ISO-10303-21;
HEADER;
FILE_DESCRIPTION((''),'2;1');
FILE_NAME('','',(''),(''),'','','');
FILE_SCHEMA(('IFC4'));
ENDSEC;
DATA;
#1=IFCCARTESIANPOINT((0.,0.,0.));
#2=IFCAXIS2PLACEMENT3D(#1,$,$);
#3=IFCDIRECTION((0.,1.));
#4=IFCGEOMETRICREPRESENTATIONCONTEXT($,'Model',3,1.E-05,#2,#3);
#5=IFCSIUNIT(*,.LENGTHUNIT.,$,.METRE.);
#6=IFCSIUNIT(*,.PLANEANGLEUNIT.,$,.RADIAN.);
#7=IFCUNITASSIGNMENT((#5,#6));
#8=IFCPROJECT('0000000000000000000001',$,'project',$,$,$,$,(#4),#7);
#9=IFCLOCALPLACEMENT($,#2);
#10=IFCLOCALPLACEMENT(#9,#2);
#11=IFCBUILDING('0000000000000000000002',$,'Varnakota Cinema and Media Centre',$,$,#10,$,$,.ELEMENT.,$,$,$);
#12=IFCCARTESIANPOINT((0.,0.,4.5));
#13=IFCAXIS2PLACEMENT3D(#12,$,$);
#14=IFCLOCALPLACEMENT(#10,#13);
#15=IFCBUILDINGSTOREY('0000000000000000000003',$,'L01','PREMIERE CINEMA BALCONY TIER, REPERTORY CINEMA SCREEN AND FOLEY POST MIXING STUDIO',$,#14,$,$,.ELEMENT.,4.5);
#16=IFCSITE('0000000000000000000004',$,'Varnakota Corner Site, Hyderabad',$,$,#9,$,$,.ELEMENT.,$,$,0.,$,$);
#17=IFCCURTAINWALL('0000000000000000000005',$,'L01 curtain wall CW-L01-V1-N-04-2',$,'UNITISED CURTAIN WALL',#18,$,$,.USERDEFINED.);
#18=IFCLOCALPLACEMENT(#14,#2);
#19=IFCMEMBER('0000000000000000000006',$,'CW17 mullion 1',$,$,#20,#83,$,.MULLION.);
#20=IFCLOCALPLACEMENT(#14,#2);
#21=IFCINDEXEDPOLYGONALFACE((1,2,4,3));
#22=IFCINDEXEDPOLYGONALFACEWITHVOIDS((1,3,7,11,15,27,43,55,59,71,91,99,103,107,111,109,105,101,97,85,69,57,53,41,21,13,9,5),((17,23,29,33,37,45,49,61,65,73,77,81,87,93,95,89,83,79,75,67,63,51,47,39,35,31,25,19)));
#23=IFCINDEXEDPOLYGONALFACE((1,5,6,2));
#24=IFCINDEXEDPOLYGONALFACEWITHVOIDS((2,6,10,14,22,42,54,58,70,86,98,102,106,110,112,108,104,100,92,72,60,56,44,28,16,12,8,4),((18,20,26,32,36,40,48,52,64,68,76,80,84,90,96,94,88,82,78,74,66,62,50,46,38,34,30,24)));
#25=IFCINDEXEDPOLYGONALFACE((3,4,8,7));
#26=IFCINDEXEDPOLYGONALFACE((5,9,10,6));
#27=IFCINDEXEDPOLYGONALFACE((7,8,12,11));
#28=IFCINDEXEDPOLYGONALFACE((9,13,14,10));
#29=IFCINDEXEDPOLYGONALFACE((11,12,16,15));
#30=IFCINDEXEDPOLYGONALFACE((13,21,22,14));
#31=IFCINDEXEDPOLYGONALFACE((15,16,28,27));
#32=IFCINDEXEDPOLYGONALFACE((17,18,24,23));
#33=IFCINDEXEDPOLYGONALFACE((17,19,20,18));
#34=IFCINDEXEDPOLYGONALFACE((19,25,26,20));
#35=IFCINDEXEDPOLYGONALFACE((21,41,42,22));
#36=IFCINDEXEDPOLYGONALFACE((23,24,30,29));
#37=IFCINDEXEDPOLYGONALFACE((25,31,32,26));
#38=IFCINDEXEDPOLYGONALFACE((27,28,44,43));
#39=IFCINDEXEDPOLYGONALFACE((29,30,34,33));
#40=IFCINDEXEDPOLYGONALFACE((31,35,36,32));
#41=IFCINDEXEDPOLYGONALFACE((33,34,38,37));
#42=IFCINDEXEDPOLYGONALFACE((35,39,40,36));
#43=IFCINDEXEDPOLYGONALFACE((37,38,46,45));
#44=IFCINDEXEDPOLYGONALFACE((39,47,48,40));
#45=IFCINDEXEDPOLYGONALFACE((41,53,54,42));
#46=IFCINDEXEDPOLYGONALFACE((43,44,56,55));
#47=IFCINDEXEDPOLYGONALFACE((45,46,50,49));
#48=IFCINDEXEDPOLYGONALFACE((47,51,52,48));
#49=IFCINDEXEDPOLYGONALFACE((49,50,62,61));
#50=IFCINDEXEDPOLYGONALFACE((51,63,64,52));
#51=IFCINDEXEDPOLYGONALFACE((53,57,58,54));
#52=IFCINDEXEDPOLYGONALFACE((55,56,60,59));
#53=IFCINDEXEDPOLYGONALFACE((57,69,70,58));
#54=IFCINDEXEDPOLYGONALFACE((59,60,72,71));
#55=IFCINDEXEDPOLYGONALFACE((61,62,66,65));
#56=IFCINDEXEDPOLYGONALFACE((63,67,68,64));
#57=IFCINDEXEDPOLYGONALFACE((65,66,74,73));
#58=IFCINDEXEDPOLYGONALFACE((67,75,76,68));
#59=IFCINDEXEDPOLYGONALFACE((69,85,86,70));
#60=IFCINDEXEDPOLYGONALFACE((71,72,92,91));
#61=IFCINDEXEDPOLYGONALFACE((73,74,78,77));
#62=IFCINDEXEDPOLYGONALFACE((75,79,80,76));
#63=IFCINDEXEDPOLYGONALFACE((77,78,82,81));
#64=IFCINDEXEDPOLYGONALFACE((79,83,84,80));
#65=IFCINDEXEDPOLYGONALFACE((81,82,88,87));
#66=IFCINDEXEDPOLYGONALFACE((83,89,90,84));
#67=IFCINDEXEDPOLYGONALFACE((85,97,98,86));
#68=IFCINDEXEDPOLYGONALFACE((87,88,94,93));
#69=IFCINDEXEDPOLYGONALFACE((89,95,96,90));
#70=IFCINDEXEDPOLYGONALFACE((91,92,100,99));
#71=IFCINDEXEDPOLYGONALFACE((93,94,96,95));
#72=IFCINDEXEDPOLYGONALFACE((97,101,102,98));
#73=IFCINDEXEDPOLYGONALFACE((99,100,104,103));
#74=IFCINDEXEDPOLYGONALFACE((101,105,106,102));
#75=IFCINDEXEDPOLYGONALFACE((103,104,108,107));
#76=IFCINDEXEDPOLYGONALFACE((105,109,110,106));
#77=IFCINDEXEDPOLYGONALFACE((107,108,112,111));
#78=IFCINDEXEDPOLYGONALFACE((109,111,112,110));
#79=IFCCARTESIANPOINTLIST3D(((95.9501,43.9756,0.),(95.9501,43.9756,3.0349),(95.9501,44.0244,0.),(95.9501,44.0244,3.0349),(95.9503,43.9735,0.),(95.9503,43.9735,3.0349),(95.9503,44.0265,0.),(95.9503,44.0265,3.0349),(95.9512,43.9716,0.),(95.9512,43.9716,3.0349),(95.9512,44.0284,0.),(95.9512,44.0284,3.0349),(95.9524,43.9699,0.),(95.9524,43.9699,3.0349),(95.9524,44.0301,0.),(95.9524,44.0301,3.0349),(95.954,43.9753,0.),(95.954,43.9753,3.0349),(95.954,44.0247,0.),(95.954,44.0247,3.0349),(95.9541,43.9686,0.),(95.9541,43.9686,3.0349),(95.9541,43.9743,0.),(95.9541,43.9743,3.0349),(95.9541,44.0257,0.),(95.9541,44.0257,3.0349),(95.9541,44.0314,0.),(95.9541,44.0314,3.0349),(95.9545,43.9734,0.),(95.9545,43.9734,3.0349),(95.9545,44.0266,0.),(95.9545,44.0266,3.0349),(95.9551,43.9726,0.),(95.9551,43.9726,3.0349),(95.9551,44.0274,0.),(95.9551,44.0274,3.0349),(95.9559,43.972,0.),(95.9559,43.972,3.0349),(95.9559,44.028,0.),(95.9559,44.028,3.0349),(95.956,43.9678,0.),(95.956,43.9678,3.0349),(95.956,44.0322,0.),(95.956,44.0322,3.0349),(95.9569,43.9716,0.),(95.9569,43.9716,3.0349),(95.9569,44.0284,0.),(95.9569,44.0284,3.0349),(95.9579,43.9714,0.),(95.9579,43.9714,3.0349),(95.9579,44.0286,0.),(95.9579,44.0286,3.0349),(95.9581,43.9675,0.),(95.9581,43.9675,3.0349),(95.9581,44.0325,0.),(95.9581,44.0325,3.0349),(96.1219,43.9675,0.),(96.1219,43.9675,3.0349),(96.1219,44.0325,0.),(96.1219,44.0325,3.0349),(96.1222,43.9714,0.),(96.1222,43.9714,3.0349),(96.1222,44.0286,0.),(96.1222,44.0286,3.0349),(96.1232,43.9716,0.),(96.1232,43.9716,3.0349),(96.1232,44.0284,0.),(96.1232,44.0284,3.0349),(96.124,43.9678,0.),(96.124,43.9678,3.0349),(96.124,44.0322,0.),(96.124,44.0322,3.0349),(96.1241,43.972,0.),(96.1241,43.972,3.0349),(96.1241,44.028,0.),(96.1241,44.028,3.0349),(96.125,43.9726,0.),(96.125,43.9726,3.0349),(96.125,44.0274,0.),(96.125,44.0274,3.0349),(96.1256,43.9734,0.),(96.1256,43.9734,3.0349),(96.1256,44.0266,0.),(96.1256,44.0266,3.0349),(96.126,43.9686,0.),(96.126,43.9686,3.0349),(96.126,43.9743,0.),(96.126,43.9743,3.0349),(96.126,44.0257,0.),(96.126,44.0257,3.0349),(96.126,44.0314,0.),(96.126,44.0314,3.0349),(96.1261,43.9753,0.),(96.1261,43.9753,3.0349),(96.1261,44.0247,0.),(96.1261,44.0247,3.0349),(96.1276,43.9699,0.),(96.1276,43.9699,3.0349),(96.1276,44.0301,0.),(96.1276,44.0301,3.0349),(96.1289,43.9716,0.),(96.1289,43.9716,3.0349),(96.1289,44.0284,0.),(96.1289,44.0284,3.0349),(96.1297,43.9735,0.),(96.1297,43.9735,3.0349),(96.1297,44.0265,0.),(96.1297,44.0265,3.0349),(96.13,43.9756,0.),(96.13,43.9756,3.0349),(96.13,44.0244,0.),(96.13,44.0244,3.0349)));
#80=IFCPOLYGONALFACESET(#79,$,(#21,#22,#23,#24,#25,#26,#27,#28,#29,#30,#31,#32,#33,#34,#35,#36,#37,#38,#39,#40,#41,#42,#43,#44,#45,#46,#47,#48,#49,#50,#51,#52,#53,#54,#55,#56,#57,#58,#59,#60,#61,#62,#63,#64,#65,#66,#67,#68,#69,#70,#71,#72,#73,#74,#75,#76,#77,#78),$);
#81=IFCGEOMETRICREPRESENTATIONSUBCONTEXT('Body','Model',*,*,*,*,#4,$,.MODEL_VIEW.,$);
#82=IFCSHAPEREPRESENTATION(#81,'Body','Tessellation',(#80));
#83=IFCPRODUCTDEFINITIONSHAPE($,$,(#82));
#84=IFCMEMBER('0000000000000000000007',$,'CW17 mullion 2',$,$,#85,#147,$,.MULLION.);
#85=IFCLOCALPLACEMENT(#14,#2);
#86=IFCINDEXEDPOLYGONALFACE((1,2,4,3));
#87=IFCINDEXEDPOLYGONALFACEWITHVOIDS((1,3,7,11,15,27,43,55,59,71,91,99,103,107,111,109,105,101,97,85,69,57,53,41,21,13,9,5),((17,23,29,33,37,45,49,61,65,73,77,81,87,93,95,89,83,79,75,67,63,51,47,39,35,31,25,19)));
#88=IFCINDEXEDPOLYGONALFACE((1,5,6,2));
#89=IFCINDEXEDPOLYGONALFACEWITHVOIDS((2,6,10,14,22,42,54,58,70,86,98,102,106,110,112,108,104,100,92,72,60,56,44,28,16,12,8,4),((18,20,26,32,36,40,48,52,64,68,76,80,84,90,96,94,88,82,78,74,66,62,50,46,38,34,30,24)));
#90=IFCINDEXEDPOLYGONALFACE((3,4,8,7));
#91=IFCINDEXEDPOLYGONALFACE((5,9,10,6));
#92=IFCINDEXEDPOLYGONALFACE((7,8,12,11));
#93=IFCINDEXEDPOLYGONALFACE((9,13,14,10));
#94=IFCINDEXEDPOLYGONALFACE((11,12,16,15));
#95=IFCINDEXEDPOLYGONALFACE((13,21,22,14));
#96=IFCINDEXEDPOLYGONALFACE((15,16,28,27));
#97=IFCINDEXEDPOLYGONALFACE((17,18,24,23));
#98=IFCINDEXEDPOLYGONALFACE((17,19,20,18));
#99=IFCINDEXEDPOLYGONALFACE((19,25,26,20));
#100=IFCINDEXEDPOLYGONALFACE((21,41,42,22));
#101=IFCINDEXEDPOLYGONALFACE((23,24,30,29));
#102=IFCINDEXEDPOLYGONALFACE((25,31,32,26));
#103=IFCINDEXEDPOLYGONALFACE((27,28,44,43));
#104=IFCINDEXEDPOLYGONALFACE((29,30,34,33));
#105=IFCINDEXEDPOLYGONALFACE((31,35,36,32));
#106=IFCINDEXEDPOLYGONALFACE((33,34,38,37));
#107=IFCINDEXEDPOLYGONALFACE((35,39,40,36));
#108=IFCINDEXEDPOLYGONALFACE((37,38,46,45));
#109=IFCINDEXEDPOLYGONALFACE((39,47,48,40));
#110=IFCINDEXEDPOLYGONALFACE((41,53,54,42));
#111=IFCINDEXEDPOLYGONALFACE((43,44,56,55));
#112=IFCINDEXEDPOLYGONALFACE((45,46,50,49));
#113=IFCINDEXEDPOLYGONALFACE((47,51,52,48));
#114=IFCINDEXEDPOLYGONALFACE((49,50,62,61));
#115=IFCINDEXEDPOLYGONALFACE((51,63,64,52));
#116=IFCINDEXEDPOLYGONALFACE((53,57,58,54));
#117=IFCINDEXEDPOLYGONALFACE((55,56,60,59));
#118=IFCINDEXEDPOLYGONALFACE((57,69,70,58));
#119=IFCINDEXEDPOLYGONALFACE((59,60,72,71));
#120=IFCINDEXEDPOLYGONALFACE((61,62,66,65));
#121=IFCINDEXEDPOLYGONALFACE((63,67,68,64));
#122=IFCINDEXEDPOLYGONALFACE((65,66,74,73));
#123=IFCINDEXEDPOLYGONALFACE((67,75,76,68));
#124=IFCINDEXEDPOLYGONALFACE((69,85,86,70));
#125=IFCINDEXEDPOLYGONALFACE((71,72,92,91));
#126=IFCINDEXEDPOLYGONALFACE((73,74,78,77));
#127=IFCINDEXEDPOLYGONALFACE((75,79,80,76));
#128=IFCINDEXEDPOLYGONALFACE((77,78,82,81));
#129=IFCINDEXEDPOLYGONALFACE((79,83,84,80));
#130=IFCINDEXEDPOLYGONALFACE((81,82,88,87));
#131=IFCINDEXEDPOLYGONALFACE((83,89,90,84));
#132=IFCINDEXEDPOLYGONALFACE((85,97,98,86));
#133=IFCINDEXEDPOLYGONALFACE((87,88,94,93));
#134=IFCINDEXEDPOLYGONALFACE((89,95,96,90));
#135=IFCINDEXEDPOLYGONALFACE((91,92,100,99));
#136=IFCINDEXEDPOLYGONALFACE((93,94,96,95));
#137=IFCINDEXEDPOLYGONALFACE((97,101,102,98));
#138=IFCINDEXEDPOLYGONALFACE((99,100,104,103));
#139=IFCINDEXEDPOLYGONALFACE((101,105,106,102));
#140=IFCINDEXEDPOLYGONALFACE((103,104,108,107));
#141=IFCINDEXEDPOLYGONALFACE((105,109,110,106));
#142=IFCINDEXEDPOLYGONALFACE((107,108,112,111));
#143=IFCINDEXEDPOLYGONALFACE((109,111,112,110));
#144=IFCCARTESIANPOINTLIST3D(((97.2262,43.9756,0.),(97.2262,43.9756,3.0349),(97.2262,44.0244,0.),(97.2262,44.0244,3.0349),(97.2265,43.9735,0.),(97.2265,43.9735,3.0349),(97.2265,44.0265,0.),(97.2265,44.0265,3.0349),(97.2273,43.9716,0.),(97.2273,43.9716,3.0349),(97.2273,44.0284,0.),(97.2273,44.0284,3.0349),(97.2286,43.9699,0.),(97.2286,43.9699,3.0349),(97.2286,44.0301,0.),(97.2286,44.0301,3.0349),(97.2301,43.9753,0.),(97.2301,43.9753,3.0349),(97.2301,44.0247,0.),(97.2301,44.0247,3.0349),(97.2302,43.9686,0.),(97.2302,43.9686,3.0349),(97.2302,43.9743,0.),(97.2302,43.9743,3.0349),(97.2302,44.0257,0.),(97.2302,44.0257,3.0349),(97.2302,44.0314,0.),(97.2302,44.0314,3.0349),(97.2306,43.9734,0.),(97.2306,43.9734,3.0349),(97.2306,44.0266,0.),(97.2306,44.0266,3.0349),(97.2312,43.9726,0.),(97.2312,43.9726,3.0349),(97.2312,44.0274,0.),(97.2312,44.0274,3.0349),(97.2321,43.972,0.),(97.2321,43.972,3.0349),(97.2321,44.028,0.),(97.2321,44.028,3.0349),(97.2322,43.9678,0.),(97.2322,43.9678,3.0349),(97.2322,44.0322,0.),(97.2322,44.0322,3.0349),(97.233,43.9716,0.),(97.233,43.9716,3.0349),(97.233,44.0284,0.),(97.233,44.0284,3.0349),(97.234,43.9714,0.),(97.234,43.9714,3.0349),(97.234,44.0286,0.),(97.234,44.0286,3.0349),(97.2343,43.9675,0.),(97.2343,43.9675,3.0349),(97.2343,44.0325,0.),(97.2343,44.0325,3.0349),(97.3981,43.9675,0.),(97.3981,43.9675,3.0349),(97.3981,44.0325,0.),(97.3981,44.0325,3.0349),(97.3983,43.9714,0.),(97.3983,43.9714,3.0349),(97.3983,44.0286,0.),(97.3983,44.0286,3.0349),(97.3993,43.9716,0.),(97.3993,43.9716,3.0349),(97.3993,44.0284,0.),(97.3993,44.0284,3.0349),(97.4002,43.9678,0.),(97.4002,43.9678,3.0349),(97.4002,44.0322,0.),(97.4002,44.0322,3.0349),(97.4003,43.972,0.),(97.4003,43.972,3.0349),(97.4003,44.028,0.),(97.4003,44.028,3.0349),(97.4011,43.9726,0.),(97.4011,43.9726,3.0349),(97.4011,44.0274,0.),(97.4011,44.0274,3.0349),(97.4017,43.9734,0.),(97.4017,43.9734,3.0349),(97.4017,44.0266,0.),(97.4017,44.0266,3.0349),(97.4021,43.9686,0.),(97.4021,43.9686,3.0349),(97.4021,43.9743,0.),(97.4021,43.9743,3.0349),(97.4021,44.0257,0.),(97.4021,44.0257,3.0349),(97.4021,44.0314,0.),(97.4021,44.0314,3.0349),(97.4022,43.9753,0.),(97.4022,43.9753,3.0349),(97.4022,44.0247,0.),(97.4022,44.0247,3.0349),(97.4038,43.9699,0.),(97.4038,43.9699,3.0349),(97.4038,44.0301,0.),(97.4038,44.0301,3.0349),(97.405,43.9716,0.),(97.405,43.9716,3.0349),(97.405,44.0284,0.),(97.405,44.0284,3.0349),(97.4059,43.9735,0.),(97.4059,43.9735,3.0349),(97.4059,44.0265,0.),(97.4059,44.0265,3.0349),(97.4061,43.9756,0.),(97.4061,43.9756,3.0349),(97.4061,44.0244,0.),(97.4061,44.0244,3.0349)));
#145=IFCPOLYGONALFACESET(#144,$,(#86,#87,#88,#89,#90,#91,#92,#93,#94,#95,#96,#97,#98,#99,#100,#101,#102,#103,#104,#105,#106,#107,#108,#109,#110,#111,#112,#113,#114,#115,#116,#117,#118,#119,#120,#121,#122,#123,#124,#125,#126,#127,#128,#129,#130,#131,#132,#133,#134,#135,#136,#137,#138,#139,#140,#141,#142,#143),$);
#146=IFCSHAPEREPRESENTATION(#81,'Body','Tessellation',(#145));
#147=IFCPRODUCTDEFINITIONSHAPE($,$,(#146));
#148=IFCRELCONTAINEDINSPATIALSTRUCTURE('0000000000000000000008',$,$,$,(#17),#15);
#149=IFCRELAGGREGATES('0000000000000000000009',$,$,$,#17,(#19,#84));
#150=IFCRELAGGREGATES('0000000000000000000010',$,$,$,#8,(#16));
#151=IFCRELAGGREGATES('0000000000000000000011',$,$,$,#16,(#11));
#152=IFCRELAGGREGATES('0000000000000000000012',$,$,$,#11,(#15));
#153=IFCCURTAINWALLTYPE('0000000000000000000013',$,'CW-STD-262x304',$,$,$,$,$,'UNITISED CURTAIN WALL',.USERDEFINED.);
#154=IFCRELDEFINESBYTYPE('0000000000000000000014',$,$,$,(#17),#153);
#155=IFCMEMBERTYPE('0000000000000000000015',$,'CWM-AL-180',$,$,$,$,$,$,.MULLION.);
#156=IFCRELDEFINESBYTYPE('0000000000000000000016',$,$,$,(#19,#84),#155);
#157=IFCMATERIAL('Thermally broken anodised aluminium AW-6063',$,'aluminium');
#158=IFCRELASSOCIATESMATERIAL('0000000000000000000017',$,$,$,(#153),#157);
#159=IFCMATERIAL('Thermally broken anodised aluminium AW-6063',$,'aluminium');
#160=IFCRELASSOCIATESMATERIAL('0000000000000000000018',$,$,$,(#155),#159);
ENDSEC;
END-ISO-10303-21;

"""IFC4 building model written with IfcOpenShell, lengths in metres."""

from ifc_helpers import new_model, si_unit, direction, frame, origin, origin_2d, place, context, subcontext, project, spatial, hollow_rectangle, extrude, material, material_profile, profile_set, type_object, element, aggregate, save


model = new_model("IFC4")

# Units and contexts
model_context = context("Model", 3, precision=1e-05, world=origin(), true_north=direction((0.0, 1.0)))
body_context = subcontext(model_context, "Body", "Model", "MODEL_VIEW")
ifc_project = project(units=[si_unit("LENGTHUNIT", "METRE"), si_unit("PLANEANGLEUNIT", "RADIAN")], contexts=[model_context])

# Site, building, storey
site_placement = place(None, origin())
site = spatial("IfcSite", under=ifc_project, at=site_placement, Name="Varnakota Corner Site, Hyderabad", CompositionType="ELEMENT", RefElevation=0.0)
building_placement = place(site_placement, origin())
building = spatial("IfcBuilding", under=site, at=building_placement, Name="Varnakota Cinema and Media Centre", CompositionType="ELEMENT")
storey_placement = place(building_placement, frame((0.0, 0.0, 4.5)))
storey = spatial("IfcBuildingStorey", under=building, at=storey_placement, Name="L01", Description="PREMIERE CINEMA BALCONY TIER, REPERTORY CINEMA SCREEN AND FOLEY POST MIXING STUDIO", CompositionType="ELEMENT", Elevation=4.5)

# Curtain wall, members
ifc_material_1 = material(Name="Thermally broken anodised aluminium AW-6063", Category="aluminium")
curtain_wall_type = type_object("IfcCurtainWallType", Name="CW-STD-262x304", ElementType="UNITISED CURTAIN WALL", PredefinedType="USERDEFINED", material=ifc_material_1)
ifc_material_2 = material(Name="Thermally broken anodised aluminium AW-6063", Category="aluminium")
ifc_material_profile_1 = material_profile(ifc_material_2, hollow_rectangle(XDim=0.0649, YDim=0.1799, WallThickness=0.0039, InnerFilletRadius=0.0039, OuterFilletRadius=0.0081, at=origin_2d()), Name="AL-MULLION 180x65x4")
ifc_profile_set_1 = profile_set([ifc_material_profile_1], Name="Thermally broken anodised aluminium AW-6063")
member_type_1 = type_object("IfcMemberType", Name="CWM-AL-180", PredefinedType="MULLION", material=ifc_profile_set_1)
curtain_wall_1_placement = place(storey_placement, origin())
curtain_wall_1 = element("IfcCurtainWall", 1, at=curtain_wall_1_placement, inside=storey, type_object=curtain_wall_type, Name="L01 curtain wall CW-L01-V1-N-04-2", ObjectType="UNITISED CURTAIN WALL", PredefinedType="USERDEFINED")
member_1_placement = place(storey_placement, frame((96.04, 44.0, 0.0), z_axis=(0.0, 0.0, 1.0), x_axis=(0.0, 1.0, 0.0)))
member_1 = element("IfcMember", 2, at=member_1_placement, type_object=member_type_1, Name="CW17 mullion 1", PredefinedType="MULLION", context=body_context, shape_type="SweptSolid", body=[
    extrude(hollow_rectangle(XDim=0.0649, YDim=0.1799, WallThickness=0.0039, InnerFilletRadius=0.0039, OuterFilletRadius=0.0081, at=origin_2d()), origin(), (0.0, 0.0, 1.0), 3.0349),
])
member_2_placement = place(storey_placement, frame((97.3162, 44.0, 0.0), z_axis=(0.0, 0.0, 1.0), x_axis=(0.0, 1.0, 0.0)))
member_2 = element("IfcMember", 3, at=member_2_placement, type_object=member_type_1, Name="CW17 mullion 2", PredefinedType="MULLION", context=body_context, shape_type="SweptSolid", body=[
    extrude(hollow_rectangle(XDim=0.0649, YDim=0.1799, WallThickness=0.0039, InnerFilletRadius=0.0039, OuterFilletRadius=0.0081, at=origin_2d()), origin(), (0.0, 0.0, 1.0), 3.0349),
])

aggregate(curtain_wall_1, [member_1, member_2])

save(model, "model.ifc")
